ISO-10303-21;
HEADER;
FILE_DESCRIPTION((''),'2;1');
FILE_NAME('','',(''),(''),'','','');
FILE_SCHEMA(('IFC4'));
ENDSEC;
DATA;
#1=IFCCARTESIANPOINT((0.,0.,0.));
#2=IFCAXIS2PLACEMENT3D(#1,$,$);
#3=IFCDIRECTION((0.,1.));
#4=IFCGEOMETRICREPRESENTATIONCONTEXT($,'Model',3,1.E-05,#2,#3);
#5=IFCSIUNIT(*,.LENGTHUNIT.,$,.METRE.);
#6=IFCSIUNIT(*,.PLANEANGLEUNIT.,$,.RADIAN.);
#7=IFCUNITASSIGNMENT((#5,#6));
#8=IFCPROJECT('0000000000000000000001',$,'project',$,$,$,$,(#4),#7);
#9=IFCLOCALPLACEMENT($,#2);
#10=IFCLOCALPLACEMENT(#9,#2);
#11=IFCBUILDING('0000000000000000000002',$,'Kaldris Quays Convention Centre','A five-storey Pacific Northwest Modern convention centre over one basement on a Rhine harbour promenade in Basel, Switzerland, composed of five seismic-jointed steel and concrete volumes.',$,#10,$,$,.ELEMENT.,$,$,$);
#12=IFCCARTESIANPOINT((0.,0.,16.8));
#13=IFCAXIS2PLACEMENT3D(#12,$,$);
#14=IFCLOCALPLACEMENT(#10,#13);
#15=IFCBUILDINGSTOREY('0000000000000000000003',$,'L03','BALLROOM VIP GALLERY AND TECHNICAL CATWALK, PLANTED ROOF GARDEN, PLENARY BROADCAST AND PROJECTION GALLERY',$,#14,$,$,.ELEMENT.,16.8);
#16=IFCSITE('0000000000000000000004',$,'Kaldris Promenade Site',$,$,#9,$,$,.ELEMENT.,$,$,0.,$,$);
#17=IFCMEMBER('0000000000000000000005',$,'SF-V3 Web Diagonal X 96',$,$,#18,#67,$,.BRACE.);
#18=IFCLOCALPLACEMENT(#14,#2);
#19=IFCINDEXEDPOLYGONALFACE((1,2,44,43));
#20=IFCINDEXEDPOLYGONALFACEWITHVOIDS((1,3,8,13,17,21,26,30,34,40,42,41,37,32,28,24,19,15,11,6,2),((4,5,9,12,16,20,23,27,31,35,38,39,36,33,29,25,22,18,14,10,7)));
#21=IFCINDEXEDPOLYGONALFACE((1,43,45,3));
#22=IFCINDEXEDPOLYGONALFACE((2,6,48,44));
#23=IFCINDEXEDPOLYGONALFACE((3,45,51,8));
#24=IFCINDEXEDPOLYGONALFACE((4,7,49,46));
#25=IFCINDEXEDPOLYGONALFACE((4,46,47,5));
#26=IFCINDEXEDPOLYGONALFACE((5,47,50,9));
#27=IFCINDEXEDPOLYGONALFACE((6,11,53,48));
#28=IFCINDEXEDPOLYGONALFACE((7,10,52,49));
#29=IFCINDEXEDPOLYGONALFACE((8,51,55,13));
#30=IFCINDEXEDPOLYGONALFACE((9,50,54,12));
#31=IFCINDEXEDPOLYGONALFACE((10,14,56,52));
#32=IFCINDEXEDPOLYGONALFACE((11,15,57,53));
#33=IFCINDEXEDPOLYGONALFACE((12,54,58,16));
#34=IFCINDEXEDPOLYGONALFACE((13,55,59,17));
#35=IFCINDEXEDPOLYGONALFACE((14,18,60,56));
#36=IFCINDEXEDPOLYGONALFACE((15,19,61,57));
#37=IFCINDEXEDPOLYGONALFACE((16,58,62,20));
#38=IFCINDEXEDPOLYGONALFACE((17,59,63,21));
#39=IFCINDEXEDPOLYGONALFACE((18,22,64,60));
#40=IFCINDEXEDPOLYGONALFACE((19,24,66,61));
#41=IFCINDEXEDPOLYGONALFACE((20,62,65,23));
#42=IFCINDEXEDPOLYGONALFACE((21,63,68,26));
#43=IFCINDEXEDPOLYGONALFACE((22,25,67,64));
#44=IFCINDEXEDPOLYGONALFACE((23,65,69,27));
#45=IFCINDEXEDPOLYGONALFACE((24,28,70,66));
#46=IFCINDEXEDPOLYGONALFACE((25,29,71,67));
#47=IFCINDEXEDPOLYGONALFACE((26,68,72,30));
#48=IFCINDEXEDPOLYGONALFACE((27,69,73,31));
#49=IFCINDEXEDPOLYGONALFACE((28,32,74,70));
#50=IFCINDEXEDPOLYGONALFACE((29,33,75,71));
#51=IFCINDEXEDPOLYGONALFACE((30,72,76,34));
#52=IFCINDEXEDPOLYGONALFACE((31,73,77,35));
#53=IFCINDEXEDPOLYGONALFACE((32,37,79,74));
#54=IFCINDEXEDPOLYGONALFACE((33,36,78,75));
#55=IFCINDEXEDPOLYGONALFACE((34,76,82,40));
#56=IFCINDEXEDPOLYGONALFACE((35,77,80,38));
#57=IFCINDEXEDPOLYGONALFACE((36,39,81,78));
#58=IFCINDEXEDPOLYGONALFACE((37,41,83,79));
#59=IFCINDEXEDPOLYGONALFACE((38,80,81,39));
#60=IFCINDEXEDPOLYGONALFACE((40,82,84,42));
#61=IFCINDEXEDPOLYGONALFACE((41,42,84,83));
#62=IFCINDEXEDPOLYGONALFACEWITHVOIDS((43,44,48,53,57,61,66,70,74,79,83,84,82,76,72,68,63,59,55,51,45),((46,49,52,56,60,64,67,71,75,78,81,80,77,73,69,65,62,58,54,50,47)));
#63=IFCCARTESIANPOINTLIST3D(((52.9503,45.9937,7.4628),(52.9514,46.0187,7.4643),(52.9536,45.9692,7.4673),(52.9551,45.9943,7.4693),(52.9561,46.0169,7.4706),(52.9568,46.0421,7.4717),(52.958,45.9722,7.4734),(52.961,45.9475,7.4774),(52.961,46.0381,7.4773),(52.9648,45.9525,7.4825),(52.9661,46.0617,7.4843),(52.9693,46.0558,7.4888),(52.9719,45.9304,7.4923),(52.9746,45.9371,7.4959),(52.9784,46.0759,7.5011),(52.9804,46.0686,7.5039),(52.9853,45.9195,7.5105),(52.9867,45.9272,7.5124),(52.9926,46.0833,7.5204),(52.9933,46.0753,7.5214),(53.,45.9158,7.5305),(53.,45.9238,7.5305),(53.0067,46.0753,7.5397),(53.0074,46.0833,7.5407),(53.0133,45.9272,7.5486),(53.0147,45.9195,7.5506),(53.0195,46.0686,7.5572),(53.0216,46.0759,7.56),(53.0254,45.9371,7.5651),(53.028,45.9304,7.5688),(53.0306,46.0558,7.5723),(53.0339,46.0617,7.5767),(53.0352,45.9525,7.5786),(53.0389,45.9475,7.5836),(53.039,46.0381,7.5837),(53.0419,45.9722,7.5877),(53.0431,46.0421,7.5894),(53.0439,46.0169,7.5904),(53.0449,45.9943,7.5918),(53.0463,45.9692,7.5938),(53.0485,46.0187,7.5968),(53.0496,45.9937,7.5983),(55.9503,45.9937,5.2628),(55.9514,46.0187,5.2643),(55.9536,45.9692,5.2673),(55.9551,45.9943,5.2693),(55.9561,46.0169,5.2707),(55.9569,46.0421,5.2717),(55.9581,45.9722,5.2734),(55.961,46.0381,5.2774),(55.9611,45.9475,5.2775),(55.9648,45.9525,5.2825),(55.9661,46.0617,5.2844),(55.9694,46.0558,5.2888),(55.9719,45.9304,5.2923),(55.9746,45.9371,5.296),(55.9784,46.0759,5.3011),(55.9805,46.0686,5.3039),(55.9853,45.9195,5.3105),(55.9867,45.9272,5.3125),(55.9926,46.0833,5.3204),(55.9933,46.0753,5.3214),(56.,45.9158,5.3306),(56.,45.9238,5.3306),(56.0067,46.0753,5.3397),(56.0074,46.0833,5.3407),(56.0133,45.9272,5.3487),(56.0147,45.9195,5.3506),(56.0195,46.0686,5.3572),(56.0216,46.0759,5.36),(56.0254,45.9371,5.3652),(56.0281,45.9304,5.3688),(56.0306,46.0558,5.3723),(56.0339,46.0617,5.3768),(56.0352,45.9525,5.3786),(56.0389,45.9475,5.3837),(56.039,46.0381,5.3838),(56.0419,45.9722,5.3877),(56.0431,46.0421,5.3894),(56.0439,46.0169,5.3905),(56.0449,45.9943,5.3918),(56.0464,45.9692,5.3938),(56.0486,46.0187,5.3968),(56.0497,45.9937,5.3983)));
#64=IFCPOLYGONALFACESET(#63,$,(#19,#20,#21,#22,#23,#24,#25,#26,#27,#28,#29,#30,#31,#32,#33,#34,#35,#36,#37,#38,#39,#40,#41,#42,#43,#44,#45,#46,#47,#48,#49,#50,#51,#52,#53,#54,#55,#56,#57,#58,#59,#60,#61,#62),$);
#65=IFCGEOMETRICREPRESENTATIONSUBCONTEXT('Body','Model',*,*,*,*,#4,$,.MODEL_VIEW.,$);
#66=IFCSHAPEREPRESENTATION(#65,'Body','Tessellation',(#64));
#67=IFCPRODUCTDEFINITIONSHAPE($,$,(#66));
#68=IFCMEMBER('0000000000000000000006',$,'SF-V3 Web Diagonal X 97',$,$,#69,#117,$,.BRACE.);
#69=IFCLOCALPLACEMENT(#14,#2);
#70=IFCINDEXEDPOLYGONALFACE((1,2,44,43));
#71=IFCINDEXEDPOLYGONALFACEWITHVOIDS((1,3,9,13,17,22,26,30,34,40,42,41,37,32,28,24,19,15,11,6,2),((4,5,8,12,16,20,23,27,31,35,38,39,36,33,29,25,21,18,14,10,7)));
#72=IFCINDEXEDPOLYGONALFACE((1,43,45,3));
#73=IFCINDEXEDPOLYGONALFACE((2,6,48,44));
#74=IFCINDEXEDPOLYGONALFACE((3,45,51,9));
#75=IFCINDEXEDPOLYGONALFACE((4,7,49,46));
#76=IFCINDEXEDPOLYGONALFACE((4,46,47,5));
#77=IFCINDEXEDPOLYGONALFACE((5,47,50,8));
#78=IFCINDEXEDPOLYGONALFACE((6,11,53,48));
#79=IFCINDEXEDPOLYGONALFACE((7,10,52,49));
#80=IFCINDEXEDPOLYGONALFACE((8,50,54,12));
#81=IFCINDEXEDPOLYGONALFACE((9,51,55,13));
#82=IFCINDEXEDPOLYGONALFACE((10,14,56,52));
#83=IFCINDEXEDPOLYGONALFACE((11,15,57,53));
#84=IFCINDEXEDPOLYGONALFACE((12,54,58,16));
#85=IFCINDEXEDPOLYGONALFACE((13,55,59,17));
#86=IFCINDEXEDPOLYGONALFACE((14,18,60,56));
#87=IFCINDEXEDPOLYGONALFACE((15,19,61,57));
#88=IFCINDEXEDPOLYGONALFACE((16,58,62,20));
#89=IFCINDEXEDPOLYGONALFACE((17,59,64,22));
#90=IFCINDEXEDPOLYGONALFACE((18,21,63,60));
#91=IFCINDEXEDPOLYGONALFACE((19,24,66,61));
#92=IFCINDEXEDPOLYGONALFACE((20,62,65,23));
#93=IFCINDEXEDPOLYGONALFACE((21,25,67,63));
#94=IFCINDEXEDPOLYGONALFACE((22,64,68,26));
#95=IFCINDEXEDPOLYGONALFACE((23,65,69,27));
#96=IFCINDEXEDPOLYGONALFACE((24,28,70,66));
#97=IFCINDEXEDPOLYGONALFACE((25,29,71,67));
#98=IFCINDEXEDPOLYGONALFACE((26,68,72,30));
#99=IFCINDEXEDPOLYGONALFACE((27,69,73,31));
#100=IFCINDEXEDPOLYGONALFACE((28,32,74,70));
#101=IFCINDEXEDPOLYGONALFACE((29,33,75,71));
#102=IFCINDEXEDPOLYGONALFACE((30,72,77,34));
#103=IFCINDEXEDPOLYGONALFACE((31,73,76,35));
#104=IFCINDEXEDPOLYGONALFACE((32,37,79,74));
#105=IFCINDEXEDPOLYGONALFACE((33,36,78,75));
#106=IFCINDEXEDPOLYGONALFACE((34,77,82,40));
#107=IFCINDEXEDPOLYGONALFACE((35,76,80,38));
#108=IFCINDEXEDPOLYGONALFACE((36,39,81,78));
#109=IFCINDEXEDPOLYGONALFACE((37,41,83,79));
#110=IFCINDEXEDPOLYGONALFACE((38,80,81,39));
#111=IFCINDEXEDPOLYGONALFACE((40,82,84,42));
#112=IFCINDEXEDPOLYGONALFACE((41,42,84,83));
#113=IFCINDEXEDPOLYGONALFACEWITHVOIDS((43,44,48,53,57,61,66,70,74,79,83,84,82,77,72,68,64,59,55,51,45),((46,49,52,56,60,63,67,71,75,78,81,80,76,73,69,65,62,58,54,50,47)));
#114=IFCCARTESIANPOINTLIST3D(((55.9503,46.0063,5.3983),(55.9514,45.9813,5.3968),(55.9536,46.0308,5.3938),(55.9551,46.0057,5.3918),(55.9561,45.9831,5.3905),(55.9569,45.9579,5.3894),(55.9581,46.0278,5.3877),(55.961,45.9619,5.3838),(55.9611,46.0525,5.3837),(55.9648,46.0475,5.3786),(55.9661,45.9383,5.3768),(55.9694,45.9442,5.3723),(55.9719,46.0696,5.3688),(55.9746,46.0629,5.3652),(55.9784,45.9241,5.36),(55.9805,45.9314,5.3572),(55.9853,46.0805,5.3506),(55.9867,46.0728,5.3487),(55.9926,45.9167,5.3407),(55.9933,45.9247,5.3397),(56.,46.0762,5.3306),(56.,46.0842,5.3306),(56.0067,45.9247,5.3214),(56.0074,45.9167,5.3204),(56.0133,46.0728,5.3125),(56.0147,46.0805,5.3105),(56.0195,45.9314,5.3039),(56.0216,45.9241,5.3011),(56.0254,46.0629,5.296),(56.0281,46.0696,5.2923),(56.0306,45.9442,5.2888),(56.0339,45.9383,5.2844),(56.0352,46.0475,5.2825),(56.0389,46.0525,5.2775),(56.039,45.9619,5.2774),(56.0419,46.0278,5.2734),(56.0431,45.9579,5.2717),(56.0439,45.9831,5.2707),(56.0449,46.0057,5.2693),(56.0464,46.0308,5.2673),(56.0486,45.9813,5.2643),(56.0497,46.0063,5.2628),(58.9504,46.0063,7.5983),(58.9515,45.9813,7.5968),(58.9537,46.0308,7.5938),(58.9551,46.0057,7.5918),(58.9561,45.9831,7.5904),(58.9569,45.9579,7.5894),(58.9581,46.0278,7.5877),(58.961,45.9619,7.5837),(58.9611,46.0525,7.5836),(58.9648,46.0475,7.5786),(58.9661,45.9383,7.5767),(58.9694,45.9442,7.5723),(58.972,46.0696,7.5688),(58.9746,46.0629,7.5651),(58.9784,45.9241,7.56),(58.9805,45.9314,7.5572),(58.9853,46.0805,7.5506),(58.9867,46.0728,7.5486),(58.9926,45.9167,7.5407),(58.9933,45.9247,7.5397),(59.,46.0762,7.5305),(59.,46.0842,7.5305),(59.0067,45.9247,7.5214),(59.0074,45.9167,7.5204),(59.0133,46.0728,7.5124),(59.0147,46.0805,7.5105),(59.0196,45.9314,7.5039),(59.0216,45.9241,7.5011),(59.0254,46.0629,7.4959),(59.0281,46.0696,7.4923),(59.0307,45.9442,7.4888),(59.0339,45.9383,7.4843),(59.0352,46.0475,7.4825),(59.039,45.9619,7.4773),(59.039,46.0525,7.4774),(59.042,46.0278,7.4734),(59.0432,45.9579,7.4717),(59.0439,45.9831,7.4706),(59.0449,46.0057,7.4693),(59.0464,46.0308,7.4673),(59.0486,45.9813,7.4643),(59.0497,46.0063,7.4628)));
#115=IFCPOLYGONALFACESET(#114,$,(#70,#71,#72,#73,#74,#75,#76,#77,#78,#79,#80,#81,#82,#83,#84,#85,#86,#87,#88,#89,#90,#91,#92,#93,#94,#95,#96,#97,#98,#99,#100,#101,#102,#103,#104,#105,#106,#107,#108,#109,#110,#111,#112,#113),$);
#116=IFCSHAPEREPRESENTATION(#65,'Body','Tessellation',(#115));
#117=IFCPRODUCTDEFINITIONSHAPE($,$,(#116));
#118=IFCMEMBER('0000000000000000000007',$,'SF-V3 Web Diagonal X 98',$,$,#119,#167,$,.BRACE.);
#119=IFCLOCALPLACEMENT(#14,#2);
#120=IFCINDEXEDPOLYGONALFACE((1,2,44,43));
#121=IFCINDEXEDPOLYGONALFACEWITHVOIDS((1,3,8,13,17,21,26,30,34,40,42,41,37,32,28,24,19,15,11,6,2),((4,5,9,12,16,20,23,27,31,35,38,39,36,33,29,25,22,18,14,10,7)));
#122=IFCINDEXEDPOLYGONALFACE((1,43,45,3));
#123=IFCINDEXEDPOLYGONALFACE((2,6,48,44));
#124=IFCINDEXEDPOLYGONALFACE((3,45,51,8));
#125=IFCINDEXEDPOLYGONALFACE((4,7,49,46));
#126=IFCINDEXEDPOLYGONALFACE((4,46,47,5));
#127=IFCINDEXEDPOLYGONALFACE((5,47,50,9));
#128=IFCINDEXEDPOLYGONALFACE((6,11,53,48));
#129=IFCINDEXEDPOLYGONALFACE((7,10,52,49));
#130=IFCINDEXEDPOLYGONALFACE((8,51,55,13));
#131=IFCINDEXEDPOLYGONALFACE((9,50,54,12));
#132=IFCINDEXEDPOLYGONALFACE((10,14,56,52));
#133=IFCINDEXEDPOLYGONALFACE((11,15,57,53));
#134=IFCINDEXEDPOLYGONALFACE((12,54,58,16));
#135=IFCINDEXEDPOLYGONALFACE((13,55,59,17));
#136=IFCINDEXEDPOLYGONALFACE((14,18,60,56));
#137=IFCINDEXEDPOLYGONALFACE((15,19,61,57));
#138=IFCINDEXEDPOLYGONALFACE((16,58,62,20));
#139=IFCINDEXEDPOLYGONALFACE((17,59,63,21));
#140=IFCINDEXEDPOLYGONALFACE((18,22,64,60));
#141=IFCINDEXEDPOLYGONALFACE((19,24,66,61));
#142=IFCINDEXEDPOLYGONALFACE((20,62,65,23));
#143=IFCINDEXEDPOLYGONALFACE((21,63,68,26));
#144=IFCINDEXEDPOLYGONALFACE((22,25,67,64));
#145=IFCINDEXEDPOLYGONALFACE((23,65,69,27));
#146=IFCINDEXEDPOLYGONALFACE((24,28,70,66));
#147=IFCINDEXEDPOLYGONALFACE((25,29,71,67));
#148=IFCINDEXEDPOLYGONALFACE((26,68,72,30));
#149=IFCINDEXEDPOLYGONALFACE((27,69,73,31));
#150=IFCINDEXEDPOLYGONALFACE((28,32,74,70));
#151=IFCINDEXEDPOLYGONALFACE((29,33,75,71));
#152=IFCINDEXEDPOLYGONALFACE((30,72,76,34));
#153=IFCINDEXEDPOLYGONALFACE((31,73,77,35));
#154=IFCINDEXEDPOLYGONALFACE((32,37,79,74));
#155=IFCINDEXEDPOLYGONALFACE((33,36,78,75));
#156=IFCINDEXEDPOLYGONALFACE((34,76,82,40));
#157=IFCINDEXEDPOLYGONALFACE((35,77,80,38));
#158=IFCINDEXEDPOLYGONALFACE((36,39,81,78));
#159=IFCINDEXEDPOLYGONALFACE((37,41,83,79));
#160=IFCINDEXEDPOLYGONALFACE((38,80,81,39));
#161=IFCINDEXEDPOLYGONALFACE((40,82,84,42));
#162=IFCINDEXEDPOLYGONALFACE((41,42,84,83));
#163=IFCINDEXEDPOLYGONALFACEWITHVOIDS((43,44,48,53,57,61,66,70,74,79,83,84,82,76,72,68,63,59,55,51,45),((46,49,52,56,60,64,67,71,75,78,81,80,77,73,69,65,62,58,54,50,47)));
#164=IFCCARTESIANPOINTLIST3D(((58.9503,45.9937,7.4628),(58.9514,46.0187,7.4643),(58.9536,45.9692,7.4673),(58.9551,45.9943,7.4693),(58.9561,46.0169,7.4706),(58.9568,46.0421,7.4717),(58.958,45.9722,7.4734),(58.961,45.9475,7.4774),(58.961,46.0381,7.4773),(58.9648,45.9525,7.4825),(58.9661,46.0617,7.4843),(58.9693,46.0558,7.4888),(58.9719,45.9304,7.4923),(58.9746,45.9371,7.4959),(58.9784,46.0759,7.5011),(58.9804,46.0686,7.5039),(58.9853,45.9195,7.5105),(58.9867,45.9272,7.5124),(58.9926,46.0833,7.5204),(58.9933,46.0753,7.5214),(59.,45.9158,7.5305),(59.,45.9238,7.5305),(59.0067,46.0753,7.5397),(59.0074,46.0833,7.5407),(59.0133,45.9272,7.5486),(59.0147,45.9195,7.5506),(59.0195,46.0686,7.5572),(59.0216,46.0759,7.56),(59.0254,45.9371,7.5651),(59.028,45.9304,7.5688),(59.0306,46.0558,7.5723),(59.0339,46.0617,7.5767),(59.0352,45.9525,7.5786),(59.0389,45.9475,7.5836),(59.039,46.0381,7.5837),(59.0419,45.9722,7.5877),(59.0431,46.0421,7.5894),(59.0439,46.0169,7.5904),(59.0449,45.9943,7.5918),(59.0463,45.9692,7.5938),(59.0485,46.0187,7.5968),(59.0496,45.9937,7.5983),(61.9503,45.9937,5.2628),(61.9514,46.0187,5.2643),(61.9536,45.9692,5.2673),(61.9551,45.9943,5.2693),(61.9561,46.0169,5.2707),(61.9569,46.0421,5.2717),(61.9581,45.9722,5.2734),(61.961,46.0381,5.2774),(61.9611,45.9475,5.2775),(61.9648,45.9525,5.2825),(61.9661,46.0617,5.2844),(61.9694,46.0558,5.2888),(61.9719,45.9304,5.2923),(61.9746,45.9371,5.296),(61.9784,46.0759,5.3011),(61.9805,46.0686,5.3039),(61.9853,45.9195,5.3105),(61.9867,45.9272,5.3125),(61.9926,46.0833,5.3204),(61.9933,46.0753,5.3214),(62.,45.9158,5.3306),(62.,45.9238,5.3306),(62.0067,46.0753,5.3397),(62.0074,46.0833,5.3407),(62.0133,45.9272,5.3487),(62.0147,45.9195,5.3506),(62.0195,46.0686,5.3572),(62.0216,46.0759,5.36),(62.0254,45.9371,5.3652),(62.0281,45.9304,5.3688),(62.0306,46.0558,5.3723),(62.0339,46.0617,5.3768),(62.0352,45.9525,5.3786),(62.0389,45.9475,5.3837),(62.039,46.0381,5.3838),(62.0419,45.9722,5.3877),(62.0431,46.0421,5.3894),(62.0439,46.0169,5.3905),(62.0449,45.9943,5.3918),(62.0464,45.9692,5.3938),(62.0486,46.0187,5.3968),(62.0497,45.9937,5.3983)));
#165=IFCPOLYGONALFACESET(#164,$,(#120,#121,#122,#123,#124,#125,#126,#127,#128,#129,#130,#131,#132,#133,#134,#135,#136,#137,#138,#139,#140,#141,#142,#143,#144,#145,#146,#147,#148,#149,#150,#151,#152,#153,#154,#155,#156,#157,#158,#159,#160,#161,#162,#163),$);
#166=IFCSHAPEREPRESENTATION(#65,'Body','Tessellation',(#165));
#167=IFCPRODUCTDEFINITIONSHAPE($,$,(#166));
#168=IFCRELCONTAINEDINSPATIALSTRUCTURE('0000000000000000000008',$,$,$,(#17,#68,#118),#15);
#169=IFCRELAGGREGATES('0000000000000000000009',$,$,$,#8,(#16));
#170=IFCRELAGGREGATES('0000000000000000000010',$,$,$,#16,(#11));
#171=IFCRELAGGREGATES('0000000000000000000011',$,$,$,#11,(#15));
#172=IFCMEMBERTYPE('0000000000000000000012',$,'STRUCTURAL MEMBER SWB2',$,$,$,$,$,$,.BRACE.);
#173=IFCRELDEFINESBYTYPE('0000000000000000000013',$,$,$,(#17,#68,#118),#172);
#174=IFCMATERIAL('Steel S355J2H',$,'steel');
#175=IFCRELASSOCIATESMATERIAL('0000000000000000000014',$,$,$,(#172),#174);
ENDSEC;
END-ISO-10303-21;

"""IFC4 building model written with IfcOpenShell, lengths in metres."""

from ifc_helpers import new_model, si_unit, direction, frame, origin, origin_2d, place, context, subcontext, project, spatial, hollow_circle, extrude, material, material_profile, profile_set, type_object, element, save


model = new_model("IFC4")

# Units and contexts
model_context = context("Model", 3, precision=1e-05, world=origin(), true_north=direction((0.0, 1.0)))
body_context = subcontext(model_context, "Body", "Model", "MODEL_VIEW")
ifc_project = project(units=[si_unit("LENGTHUNIT", "METRE"), si_unit("PLANEANGLEUNIT", "RADIAN")], contexts=[model_context])

# Site, building, storey
site_placement = place(None, origin())
site = spatial("IfcSite", under=ifc_project, at=site_placement, Name="Kaldris Promenade Site", CompositionType="ELEMENT", RefElevation=0.0)
building_placement = place(site_placement, origin())
building = spatial("IfcBuilding", under=site, at=building_placement, Name="Kaldris Quays Convention Centre", Description="A five-storey Pacific Northwest Modern convention centre over one basement on a Rhine harbour promenade in Basel, Switzerland, composed of five seismic-jointed steel and concrete volumes.", CompositionType="ELEMENT")
storey_placement = place(building_placement, frame((0.0, 0.0, 16.8)))
storey = spatial("IfcBuildingStorey", under=building, at=storey_placement, Name="L03", Description="BALLROOM VIP GALLERY AND TECHNICAL CATWALK, PLANTED ROOF GARDEN, PLENARY BROADCAST AND PROJECTION GALLERY", CompositionType="ELEMENT", Elevation=16.8)

# Members
ifc_material_1 = material(Name="Steel S355J2H", Category="steel")
ifc_material_profile_1 = material_profile(ifc_material_1, hollow_circle(Radius=0.0842, WallThickness=0.0081, at=origin_2d()), Name="CHS 168.3x8")
ifc_profile_set_1 = profile_set([ifc_material_profile_1], Name="Steel S355J2H")
member_type_1 = type_object("IfcMemberType", Name="STRUCTURAL MEMBER SWB2", PredefinedType="BRACE", material=ifc_profile_set_1)
for number, where, z_axis, x_axis, name in (
    (1, (56.0, 46.0, 5.3306), (-0.806411, 0.0, 0.591355), (0.0, -1.0, 0.0), "SF-V3 Web Diagonal X 96"),
    (2, (56.0, 46.0, 5.3306), (0.806411, 0.0, 0.591355), (0.0, 1.0, 0.0), "SF-V3 Web Diagonal X 97"),
    (3, (62.0, 46.0, 5.3306), (-0.806411, 0.0, 0.591355), (0.0, -1.0, 0.0), "SF-V3 Web Diagonal X 98"),
):
    element("IfcMember", number, at=place(storey_placement, frame(where, z_axis=z_axis, x_axis=x_axis)), inside=storey, type_object=member_type_1, Name=name, PredefinedType="BRACE", context=body_context, shape_type="SweptSolid", body=[
        extrude(hollow_circle(Radius=0.0842, WallThickness=0.0081, at=origin_2d()), origin(), (0.0, 0.0, 1.0), 3.7202),
    ])

save(model, "model.ifc")
